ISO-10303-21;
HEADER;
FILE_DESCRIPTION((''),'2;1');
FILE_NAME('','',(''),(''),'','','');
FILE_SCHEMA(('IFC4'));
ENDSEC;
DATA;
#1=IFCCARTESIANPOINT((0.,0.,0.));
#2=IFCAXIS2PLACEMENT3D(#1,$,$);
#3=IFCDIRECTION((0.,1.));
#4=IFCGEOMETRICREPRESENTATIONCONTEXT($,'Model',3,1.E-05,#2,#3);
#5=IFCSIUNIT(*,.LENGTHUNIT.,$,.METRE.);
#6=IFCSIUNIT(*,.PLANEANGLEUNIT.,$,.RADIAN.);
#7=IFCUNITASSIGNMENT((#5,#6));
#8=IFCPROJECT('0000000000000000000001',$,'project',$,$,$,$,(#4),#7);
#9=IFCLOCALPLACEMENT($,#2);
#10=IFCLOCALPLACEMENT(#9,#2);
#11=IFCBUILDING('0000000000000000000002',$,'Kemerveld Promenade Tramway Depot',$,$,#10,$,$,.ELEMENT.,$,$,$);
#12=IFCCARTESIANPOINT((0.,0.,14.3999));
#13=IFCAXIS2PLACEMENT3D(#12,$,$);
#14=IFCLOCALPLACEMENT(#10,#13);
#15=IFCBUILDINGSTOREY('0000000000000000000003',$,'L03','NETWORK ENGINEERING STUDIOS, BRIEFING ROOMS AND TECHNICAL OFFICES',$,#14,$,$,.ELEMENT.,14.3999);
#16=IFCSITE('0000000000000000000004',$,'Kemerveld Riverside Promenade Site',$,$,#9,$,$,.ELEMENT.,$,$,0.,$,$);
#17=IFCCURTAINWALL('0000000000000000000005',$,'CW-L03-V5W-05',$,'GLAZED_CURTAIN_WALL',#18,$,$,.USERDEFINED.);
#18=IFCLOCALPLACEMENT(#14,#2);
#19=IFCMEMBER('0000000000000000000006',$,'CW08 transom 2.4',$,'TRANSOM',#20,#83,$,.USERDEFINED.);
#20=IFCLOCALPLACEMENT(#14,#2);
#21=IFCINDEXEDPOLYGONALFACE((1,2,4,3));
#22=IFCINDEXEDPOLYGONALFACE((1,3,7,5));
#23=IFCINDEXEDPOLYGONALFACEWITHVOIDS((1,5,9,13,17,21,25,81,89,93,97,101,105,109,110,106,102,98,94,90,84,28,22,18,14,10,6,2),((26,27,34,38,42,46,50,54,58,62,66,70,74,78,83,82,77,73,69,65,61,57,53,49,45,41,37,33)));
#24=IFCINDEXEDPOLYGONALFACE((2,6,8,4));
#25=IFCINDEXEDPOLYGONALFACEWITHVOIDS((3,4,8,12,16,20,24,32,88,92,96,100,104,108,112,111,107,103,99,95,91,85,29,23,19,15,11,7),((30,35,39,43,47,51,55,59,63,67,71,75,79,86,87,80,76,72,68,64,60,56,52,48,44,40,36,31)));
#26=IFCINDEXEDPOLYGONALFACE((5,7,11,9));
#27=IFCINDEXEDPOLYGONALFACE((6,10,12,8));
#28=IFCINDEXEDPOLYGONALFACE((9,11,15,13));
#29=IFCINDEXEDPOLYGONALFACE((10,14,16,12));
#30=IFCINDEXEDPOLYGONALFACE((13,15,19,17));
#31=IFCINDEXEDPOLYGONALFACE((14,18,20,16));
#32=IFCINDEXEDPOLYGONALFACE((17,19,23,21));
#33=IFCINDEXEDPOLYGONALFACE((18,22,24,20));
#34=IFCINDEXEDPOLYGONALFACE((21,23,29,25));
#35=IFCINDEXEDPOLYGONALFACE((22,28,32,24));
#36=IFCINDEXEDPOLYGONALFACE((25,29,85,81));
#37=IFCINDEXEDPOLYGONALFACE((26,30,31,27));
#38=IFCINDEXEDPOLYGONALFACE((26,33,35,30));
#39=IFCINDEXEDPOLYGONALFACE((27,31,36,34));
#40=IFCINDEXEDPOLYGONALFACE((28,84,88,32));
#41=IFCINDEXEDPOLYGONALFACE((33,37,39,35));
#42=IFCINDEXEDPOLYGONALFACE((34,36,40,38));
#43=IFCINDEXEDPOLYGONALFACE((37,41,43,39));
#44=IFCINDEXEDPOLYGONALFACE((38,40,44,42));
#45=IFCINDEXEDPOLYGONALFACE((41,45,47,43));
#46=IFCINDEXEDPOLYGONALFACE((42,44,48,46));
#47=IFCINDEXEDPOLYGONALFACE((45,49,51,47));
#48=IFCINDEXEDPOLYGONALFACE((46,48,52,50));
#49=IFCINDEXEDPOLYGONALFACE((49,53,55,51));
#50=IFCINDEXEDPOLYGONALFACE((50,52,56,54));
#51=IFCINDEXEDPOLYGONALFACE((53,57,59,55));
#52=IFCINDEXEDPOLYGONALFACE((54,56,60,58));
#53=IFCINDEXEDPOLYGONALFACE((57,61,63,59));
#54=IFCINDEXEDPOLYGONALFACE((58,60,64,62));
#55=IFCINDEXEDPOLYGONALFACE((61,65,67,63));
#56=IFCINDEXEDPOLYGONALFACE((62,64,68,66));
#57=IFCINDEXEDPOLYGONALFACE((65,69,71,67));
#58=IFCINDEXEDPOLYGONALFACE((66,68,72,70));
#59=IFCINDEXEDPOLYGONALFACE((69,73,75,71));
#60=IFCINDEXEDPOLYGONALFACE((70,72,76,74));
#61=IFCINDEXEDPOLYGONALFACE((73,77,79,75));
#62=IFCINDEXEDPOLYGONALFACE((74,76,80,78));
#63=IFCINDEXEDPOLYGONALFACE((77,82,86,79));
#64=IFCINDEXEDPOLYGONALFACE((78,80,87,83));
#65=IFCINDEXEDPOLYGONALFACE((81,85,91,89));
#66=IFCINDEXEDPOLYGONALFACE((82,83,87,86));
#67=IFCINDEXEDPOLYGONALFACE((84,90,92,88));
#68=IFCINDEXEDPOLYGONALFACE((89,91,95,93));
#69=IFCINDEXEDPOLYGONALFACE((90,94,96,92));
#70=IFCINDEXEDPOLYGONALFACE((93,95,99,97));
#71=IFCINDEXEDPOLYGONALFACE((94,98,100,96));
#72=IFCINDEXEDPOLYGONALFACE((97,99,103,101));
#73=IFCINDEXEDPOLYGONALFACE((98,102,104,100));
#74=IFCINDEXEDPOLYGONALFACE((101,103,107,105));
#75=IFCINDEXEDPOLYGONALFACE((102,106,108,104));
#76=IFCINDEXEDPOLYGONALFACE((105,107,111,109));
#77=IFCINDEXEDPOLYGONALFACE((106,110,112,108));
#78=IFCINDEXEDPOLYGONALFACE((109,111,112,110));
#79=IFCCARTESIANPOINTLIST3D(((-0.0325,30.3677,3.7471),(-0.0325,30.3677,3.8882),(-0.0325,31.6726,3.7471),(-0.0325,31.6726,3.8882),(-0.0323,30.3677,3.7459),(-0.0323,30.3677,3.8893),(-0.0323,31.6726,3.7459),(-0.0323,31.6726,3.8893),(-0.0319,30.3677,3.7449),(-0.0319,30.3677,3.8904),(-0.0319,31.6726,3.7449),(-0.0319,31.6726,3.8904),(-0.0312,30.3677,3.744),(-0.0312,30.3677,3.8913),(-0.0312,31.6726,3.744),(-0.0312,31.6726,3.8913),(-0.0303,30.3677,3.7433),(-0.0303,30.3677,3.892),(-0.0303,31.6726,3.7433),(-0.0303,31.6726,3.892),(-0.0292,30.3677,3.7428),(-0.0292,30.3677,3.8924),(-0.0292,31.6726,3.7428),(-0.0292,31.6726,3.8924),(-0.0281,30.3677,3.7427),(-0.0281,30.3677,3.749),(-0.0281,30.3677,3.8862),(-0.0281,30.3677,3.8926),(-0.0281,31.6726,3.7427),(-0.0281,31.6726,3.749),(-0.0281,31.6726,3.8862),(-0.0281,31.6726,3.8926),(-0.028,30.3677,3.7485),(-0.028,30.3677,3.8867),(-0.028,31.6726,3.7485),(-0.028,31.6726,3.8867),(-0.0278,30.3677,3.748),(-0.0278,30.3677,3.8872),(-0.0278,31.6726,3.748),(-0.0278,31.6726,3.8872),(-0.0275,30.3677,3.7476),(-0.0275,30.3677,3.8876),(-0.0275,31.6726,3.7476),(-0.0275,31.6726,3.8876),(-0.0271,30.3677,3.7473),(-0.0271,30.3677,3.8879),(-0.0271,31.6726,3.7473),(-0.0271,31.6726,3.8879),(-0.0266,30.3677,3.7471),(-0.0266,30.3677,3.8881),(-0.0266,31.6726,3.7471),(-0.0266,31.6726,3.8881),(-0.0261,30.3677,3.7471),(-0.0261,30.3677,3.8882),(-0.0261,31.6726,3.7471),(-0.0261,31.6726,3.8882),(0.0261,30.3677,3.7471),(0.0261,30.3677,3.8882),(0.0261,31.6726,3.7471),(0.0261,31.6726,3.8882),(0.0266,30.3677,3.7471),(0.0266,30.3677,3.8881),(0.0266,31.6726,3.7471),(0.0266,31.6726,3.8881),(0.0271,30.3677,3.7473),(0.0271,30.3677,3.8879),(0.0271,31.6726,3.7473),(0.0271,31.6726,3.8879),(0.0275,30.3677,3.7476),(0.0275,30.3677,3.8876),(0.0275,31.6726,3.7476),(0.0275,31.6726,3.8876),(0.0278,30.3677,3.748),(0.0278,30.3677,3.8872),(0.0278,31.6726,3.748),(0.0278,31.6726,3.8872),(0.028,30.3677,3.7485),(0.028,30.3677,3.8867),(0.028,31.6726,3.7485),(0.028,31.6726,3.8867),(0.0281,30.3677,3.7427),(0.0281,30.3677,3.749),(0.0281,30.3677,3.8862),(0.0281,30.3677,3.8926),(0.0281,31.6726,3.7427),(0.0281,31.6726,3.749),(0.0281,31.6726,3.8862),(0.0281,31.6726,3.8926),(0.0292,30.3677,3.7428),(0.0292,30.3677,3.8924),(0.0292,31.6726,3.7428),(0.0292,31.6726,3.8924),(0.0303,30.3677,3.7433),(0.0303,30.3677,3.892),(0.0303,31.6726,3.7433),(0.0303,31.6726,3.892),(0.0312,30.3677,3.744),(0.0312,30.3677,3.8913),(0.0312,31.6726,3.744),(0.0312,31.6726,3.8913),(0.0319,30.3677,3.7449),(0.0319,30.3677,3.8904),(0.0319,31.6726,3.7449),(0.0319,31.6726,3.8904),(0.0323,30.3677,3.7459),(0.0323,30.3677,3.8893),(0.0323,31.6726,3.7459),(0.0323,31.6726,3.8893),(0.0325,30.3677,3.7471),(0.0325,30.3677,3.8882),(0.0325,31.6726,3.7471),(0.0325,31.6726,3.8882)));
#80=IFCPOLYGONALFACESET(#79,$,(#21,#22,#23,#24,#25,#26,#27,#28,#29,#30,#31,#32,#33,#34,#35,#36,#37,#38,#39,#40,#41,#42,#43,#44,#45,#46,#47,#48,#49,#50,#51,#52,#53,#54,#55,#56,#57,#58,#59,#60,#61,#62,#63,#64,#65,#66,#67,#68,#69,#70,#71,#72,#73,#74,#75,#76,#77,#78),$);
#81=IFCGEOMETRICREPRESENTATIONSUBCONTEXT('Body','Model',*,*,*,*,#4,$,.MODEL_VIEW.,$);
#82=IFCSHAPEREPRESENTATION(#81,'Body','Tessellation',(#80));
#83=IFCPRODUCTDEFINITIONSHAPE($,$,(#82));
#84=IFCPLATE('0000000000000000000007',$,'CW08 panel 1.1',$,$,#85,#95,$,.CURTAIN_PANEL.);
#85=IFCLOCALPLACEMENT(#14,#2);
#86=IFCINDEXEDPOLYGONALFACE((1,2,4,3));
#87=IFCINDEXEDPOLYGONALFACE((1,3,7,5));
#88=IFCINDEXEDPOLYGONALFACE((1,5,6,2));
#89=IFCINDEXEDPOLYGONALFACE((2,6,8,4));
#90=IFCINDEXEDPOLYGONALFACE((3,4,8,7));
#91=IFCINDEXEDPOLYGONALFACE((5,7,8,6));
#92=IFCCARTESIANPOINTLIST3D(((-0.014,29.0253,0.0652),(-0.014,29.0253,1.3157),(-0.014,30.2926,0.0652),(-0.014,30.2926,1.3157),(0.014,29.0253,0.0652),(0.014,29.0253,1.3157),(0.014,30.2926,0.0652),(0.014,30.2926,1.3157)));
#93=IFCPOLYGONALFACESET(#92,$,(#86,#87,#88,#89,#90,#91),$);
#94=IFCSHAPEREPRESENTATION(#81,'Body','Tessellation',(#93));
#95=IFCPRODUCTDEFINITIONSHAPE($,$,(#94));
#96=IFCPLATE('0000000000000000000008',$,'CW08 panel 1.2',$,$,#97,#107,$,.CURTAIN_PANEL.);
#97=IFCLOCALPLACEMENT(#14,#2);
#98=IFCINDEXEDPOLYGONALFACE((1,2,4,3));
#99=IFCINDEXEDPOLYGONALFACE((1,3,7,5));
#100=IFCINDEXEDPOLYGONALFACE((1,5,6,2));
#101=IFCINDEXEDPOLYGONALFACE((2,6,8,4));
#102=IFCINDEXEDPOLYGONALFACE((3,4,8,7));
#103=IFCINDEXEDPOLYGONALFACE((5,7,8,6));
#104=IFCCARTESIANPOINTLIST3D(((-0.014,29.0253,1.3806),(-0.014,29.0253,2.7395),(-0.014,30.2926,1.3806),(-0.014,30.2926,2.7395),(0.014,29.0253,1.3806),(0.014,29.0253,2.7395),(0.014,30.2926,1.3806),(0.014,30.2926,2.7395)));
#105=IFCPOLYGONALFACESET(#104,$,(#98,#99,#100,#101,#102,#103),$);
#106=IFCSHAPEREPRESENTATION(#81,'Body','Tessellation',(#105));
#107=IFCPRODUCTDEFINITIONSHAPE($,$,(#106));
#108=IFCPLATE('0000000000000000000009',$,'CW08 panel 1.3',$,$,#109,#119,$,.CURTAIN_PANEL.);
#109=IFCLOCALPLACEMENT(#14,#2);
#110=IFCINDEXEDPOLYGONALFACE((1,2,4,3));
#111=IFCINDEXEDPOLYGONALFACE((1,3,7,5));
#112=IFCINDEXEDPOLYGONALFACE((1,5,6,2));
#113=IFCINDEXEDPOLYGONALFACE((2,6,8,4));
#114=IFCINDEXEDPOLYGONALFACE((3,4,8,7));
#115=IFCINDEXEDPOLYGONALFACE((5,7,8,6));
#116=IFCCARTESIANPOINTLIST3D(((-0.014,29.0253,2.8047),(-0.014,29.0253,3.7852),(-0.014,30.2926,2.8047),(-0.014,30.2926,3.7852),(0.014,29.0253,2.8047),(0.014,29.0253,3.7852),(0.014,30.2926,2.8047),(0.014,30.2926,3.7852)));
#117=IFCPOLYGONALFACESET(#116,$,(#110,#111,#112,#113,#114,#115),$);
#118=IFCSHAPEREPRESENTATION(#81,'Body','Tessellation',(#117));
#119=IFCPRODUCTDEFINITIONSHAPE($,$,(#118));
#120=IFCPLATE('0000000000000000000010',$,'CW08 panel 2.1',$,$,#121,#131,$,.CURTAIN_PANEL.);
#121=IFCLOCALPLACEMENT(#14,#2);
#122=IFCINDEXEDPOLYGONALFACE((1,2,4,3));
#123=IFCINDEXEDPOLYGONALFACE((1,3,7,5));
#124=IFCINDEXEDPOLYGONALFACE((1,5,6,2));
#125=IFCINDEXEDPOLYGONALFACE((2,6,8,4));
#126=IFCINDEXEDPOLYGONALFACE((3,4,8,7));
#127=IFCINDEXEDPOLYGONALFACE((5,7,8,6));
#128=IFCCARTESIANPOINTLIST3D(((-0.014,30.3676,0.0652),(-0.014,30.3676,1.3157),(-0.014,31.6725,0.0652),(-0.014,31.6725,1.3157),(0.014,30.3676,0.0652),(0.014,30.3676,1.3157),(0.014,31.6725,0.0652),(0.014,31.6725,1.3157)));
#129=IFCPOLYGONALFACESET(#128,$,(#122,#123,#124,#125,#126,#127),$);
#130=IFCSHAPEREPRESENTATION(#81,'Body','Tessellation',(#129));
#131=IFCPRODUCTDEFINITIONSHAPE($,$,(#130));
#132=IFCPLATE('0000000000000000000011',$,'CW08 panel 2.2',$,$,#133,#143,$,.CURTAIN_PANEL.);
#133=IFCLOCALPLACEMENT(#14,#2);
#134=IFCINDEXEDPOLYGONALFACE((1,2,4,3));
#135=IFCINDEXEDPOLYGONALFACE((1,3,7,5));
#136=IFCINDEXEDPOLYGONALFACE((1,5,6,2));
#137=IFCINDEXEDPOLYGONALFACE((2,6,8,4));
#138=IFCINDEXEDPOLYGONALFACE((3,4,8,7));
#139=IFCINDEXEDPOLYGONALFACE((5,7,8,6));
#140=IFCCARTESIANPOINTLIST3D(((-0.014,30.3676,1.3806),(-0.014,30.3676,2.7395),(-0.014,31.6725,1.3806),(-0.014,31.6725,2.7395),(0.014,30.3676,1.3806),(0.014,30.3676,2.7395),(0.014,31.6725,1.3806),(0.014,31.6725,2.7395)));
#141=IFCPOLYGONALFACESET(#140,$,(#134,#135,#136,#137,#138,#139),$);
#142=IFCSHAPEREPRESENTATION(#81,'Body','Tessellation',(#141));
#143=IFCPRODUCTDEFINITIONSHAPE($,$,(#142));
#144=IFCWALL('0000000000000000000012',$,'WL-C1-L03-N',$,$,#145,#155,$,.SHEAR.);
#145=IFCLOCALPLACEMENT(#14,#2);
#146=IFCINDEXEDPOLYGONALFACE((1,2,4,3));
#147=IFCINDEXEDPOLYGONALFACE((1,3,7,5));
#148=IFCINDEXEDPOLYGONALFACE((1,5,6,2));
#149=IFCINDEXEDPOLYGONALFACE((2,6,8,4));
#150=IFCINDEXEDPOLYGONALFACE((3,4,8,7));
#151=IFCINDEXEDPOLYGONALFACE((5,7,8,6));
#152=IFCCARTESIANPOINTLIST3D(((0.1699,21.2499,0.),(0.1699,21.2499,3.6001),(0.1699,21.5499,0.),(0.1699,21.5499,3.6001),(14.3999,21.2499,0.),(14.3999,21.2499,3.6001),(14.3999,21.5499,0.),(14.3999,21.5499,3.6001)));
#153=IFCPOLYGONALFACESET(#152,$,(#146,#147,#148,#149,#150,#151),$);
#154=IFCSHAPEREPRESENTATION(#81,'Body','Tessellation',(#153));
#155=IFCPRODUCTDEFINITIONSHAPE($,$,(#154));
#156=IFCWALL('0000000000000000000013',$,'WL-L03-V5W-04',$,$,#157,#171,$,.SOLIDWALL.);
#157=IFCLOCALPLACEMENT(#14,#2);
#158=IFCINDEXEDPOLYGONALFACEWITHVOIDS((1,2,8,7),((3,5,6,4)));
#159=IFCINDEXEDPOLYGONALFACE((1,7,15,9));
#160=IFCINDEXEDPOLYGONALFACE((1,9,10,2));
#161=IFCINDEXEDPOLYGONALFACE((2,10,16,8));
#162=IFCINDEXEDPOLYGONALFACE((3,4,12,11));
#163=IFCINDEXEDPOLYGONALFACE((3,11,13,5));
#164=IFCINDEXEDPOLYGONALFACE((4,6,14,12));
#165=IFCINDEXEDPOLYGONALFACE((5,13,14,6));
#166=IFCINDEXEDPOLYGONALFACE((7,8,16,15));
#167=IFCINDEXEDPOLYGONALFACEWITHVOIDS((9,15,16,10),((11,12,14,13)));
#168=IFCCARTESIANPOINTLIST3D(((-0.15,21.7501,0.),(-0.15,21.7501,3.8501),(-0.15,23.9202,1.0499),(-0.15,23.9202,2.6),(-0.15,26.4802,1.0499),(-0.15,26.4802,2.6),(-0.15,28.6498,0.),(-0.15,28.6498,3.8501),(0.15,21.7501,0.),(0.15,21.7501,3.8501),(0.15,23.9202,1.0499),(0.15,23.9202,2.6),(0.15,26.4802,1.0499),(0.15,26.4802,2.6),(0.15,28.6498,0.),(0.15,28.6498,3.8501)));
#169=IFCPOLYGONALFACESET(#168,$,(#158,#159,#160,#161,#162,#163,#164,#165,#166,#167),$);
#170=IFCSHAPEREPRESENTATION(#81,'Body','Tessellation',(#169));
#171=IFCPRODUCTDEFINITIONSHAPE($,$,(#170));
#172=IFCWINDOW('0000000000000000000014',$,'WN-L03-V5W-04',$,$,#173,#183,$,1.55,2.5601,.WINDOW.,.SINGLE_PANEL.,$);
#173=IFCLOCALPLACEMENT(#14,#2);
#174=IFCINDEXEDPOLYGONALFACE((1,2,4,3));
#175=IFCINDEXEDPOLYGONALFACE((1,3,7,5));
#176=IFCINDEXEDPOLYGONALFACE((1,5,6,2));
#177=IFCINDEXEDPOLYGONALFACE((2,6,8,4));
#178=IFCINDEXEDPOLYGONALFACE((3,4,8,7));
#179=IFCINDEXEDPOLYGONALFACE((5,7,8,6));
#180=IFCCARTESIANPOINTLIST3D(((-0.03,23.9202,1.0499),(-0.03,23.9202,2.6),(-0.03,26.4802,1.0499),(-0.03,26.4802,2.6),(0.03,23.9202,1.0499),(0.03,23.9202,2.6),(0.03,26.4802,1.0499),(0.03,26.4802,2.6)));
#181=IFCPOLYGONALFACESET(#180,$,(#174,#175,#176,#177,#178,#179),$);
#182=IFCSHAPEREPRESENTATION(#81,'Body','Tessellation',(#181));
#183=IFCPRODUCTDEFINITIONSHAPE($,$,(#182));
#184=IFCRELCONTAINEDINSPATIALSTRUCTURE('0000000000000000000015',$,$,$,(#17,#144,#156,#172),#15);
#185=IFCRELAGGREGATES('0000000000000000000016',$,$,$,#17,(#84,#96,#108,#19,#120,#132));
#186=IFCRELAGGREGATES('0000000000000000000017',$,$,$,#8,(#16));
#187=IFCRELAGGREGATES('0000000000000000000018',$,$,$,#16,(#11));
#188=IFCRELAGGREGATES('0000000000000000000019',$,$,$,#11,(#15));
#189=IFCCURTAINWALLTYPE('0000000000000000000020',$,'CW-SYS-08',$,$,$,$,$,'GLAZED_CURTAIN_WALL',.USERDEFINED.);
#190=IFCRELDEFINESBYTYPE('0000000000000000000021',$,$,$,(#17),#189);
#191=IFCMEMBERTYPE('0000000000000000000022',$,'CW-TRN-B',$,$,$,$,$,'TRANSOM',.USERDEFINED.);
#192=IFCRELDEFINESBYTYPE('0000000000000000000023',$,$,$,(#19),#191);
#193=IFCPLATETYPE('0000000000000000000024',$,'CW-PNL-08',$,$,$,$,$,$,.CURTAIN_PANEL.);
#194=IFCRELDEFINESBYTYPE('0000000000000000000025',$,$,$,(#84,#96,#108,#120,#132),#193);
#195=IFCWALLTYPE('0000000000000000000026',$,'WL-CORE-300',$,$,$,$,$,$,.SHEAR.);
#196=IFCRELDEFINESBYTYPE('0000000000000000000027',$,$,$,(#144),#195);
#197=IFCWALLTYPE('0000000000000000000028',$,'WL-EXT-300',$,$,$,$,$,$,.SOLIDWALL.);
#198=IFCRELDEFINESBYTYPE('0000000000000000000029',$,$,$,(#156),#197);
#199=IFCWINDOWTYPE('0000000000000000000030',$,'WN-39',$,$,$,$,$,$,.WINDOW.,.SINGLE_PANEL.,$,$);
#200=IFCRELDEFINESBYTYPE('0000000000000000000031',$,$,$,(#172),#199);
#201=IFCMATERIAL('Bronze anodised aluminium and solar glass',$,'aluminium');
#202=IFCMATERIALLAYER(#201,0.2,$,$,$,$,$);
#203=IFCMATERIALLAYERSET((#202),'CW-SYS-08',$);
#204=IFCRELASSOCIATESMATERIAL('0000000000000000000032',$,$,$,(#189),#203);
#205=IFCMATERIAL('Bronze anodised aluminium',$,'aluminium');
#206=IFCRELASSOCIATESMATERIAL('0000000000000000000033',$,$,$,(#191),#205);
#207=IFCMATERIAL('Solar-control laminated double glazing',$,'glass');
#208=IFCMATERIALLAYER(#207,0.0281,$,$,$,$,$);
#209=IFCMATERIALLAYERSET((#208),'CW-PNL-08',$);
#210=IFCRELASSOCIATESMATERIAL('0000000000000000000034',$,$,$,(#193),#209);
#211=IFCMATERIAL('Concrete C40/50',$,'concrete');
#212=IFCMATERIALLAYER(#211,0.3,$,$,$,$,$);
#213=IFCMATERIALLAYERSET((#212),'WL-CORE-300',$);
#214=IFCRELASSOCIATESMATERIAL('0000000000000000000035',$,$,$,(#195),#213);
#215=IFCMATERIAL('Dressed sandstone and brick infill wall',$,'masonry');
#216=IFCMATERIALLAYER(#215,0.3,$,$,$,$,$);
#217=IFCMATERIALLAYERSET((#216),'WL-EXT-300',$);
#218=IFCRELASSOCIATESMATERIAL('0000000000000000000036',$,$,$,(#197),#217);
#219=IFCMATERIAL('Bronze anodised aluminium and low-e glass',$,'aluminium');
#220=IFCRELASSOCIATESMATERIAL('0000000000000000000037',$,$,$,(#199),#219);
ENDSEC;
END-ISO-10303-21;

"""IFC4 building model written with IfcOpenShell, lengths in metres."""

from ifc_helpers import new_model, si_unit, direction, frame, frame_2d, origin, origin_2d, place, context, subcontext, project, spatial, rectangle, hollow_rectangle, extrude, material, layer, layer_set, material_profile, profile_set, type_object, element, fill, aggregate, save


model = new_model("IFC4")

# Units and contexts
model_context = context("Model", 3, precision=1e-05, world=origin(), true_north=direction((0.0, 1.0)))
body_context = subcontext(model_context, "Body", "Model", "MODEL_VIEW")
ifc_project = project(units=[si_unit("LENGTHUNIT", "METRE"), si_unit("PLANEANGLEUNIT", "RADIAN")], contexts=[model_context])

# Site, building, storey
site_placement = place(None, origin())
site = spatial("IfcSite", under=ifc_project, at=site_placement, Name="Kemerveld Riverside Promenade Site", CompositionType="ELEMENT", RefElevation=0.0)
building_placement = place(site_placement, origin())
building = spatial("IfcBuilding", under=site, at=building_placement, Name="Kemerveld Promenade Tramway Depot", CompositionType="ELEMENT")
storey_placement = place(building_placement, frame((0.0, 0.0, 14.3999)))
storey = spatial("IfcBuildingStorey", under=building, at=storey_placement, Name="L03", Description="NETWORK ENGINEERING STUDIOS, BRIEFING ROOMS AND TECHNICAL OFFICES", CompositionType="ELEMENT", Elevation=14.3999)

# Curtain wall, member, plates
ifc_material_1 = material(Name="Bronze anodised aluminium and solar glass", Category="aluminium")
ifc_layer_1 = layer(ifc_material_1, 0.2)
ifc_layer_set_1 = layer_set([ifc_layer_1], Name="CW-SYS-08")
curtain_wall_type = type_object("IfcCurtainWallType", Name="CW-SYS-08", ElementType="GLAZED_CURTAIN_WALL", PredefinedType="USERDEFINED", material=ifc_layer_set_1)
curtain_wall_placement = place(storey_placement, origin())
curtain_wall = element("IfcCurtainWall", 1, at=curtain_wall_placement, inside=storey, type_object=curtain_wall_type, Name="CW-L03-V5W-05", ObjectType="GLAZED_CURTAIN_WALL", PredefinedType="USERDEFINED")
ifc_material_2 = material(Name="Bronze anodised aluminium", Category="aluminium")
ifc_material_profile_1 = material_profile(ifc_material_2, hollow_rectangle(XDim=0.0649, YDim=0.1499, WallThickness=0.0044, InnerFilletRadius=0.002, OuterFilletRadius=0.0044, at=origin_2d()), Name="CW-TRN-150x65")
ifc_profile_set_1 = profile_set([ifc_material_profile_1], Name="Bronze anodised aluminium")
member_type_1 = type_object("IfcMemberType", Name="CW-TRN-B", ElementType="TRANSOM", PredefinedType="USERDEFINED", material=ifc_profile_set_1)
member_1_placement = place(storey_placement, frame((0.0, 30.3677, 3.8176), z_axis=(0.0, 1.0, 0.0), x_axis=(-1.0, 0.0, 0.0)))
member_1 = element("IfcMember", 2, at=member_1_placement, type_object=member_type_1, Name="CW08 transom 2.4", ObjectType="TRANSOM", PredefinedType="USERDEFINED", context=body_context, shape_type="SweptSolid", body=[
    extrude(hollow_rectangle(XDim=0.0649, YDim=0.1499, WallThickness=0.0044, InnerFilletRadius=0.002, OuterFilletRadius=0.0044, at=origin_2d()), origin(), (0.0, 0.0, 1.0), 1.3049),
])
ifc_material_3 = material(Name="Solar-control laminated double glazing", Category="glass")
ifc_layer_2 = layer(ifc_material_3, 0.0281)
ifc_layer_set_2 = layer_set([ifc_layer_2], Name="CW-PNL-08")
plate_type = type_object("IfcPlateType", Name="CW-PNL-08", PredefinedType="CURTAIN_PANEL", material=ifc_layer_set_2)
plate_1_placement = place(storey_placement, frame((0.0, 29.6589, 0.0652), z_axis=(0.0, 0.0, 1.0), x_axis=(0.0, 1.0, 0.0)))
plate_1 = element("IfcPlate", 3, at=plate_1_placement, type_object=plate_type, Name="CW08 panel 1.1", PredefinedType="CURTAIN_PANEL", context=body_context, shape_type="SweptSolid", body=[
    extrude(rectangle(XDim=1.2673, YDim=0.0281, at=origin_2d()), origin(), (0.0, 0.0, 1.0), 1.2505),
])
plate_2_placement = place(storey_placement, frame((0.0, 29.6589, 1.3806), z_axis=(0.0, 0.0, 1.0), x_axis=(0.0, 1.0, 0.0)))
plate_2 = element("IfcPlate", 4, at=plate_2_placement, type_object=plate_type, Name="CW08 panel 1.2", PredefinedType="CURTAIN_PANEL", context=body_context, shape_type="SweptSolid", body=[
    extrude(rectangle(XDim=1.2673, YDim=0.0281, at=origin_2d()), origin(), (0.0, 0.0, 1.0), 1.3589),
])
plate_3_placement = place(storey_placement, frame((0.0, 29.6589, 2.8047), z_axis=(0.0, 0.0, 1.0), x_axis=(0.0, 1.0, 0.0)))
plate_3 = element("IfcPlate", 5, at=plate_3_placement, type_object=plate_type, Name="CW08 panel 1.3", PredefinedType="CURTAIN_PANEL", context=body_context, shape_type="SweptSolid", body=[
    extrude(rectangle(XDim=1.2673, YDim=0.0281, at=origin_2d()), origin(), (0.0, 0.0, 1.0), 0.9805),
])
plate_4_placement = place(storey_placement, frame((0.0, 31.02, 0.0652), z_axis=(0.0, 0.0, 1.0), x_axis=(0.0, 1.0, 0.0)))
plate_4 = element("IfcPlate", 6, at=plate_4_placement, type_object=plate_type, Name="CW08 panel 2.1", PredefinedType="CURTAIN_PANEL", context=body_context, shape_type="SweptSolid", body=[
    extrude(rectangle(XDim=1.3049, YDim=0.0281, at=origin_2d()), origin(), (0.0, 0.0, 1.0), 1.2505),
])
plate_5_placement = place(storey_placement, frame((0.0, 31.02, 1.3806), z_axis=(0.0, 0.0, 1.0), x_axis=(0.0, 1.0, 0.0)))
plate_5 = element("IfcPlate", 7, at=plate_5_placement, type_object=plate_type, Name="CW08 panel 2.2", PredefinedType="CURTAIN_PANEL", context=body_context, shape_type="SweptSolid", body=[
    extrude(rectangle(XDim=1.3049, YDim=0.0281, at=origin_2d()), origin(), (0.0, 0.0, 1.0), 1.3589),
])
aggregate(curtain_wall, [plate_1, plate_2, plate_3, member_1, plate_4, plate_5])

# Wall
ifc_material_4 = material(Name="Concrete C40/50", Category="concrete")
ifc_layer_3 = layer(ifc_material_4, 0.3)
ifc_layer_set_3 = layer_set([ifc_layer_3], Name="WL-CORE-300")
wall_type_1 = type_object("IfcWallType", Name="WL-CORE-300", PredefinedType="SHEAR", material=ifc_layer_set_3)
wall_1_placement = place(storey_placement, frame((0.1699, 21.3999, 0.0), z_axis=(0.0, 0.0, 1.0), x_axis=(1.0, 0.0, 0.0)))
element("IfcWall", 8, at=wall_1_placement, inside=storey, type_object=wall_type_1, Name="WL-C1-L03-N", PredefinedType="SHEAR", context=body_context, shape_type="SweptSolid", body=[
    extrude(rectangle(XDim=14.23, YDim=0.3, at=frame_2d((7.115, 0.0))), origin(), (0.0, 0.0, 1.0), 3.6001),
])

# Wall, opening, window
ifc_material_5 = material(Name="Dressed sandstone and brick infill wall", Category="masonry")
ifc_layer_4 = layer(ifc_material_5, 0.3)
ifc_layer_set_4 = layer_set([ifc_layer_4], Name="WL-EXT-300")
wall_type_2 = type_object("IfcWallType", Name="WL-EXT-300", PredefinedType="SOLIDWALL", material=ifc_layer_set_4)
wall_2_placement = place(storey_placement, frame((0.0, 21.7502, 0.0), z_axis=(0.0, 0.0, 1.0), x_axis=(0.0, 1.0, 0.0)))
wall_2 = element("IfcWall", 9, at=wall_2_placement, inside=storey, type_object=wall_type_2, Name="WL-L03-V5W-04", PredefinedType="SOLIDWALL", context=body_context, shape_type="SweptSolid", body=[
    extrude(rectangle(XDim=6.8997, YDim=0.3, at=frame_2d((3.4497, 0.0))), origin(), (0.0, 0.0, 1.0), 3.8501),
])
opening_placement = place(wall_2_placement, frame((2.1699, 0.0, 1.05)))
opening = element("IfcOpeningElement", 10, at=opening_placement, cuts=wall_2, PredefinedType="OPENING", context=body_context, shape_type="SweptSolid", body=[
    extrude(rectangle(XDim=2.5601, YDim=1.55, at=frame_2d((1.28, 0.7749))), frame((0.0, 0.1599, 0.0), z_axis=(0.0, -1.0, 0.0), x_axis=(1.0, 0.0, 0.0)), (0.0, 0.0, 1.0), 0.3201),
])
ifc_material_6 = material(Name="Bronze anodised aluminium and low-e glass", Category="aluminium")
window_type = type_object("IfcWindowType", Name="WN-39", PartitioningType="SINGLE_PANEL", PredefinedType="WINDOW", material=ifc_material_6)
window_placement = place(opening_placement, origin())
window = element("IfcWindow", 11, at=window_placement, inside=storey, type_object=window_type, Name="WN-L03-V5W-04", OverallHeight=1.55, OverallWidth=2.5601, PartitioningType="SINGLE_PANEL", PredefinedType="WINDOW", context=body_context, shape_type="SweptSolid", body=[
    extrude(rectangle(XDim=2.5601, YDim=1.55, at=frame_2d((1.28, 0.7749))), frame((0.0, 0.03, 0.0), z_axis=(0.0, -1.0, 0.0), x_axis=(1.0, 0.0, 0.0)), (0.0, 0.0, 1.0), 0.0601),
])
fill(opening, window)

save(model, "model.ifc")
